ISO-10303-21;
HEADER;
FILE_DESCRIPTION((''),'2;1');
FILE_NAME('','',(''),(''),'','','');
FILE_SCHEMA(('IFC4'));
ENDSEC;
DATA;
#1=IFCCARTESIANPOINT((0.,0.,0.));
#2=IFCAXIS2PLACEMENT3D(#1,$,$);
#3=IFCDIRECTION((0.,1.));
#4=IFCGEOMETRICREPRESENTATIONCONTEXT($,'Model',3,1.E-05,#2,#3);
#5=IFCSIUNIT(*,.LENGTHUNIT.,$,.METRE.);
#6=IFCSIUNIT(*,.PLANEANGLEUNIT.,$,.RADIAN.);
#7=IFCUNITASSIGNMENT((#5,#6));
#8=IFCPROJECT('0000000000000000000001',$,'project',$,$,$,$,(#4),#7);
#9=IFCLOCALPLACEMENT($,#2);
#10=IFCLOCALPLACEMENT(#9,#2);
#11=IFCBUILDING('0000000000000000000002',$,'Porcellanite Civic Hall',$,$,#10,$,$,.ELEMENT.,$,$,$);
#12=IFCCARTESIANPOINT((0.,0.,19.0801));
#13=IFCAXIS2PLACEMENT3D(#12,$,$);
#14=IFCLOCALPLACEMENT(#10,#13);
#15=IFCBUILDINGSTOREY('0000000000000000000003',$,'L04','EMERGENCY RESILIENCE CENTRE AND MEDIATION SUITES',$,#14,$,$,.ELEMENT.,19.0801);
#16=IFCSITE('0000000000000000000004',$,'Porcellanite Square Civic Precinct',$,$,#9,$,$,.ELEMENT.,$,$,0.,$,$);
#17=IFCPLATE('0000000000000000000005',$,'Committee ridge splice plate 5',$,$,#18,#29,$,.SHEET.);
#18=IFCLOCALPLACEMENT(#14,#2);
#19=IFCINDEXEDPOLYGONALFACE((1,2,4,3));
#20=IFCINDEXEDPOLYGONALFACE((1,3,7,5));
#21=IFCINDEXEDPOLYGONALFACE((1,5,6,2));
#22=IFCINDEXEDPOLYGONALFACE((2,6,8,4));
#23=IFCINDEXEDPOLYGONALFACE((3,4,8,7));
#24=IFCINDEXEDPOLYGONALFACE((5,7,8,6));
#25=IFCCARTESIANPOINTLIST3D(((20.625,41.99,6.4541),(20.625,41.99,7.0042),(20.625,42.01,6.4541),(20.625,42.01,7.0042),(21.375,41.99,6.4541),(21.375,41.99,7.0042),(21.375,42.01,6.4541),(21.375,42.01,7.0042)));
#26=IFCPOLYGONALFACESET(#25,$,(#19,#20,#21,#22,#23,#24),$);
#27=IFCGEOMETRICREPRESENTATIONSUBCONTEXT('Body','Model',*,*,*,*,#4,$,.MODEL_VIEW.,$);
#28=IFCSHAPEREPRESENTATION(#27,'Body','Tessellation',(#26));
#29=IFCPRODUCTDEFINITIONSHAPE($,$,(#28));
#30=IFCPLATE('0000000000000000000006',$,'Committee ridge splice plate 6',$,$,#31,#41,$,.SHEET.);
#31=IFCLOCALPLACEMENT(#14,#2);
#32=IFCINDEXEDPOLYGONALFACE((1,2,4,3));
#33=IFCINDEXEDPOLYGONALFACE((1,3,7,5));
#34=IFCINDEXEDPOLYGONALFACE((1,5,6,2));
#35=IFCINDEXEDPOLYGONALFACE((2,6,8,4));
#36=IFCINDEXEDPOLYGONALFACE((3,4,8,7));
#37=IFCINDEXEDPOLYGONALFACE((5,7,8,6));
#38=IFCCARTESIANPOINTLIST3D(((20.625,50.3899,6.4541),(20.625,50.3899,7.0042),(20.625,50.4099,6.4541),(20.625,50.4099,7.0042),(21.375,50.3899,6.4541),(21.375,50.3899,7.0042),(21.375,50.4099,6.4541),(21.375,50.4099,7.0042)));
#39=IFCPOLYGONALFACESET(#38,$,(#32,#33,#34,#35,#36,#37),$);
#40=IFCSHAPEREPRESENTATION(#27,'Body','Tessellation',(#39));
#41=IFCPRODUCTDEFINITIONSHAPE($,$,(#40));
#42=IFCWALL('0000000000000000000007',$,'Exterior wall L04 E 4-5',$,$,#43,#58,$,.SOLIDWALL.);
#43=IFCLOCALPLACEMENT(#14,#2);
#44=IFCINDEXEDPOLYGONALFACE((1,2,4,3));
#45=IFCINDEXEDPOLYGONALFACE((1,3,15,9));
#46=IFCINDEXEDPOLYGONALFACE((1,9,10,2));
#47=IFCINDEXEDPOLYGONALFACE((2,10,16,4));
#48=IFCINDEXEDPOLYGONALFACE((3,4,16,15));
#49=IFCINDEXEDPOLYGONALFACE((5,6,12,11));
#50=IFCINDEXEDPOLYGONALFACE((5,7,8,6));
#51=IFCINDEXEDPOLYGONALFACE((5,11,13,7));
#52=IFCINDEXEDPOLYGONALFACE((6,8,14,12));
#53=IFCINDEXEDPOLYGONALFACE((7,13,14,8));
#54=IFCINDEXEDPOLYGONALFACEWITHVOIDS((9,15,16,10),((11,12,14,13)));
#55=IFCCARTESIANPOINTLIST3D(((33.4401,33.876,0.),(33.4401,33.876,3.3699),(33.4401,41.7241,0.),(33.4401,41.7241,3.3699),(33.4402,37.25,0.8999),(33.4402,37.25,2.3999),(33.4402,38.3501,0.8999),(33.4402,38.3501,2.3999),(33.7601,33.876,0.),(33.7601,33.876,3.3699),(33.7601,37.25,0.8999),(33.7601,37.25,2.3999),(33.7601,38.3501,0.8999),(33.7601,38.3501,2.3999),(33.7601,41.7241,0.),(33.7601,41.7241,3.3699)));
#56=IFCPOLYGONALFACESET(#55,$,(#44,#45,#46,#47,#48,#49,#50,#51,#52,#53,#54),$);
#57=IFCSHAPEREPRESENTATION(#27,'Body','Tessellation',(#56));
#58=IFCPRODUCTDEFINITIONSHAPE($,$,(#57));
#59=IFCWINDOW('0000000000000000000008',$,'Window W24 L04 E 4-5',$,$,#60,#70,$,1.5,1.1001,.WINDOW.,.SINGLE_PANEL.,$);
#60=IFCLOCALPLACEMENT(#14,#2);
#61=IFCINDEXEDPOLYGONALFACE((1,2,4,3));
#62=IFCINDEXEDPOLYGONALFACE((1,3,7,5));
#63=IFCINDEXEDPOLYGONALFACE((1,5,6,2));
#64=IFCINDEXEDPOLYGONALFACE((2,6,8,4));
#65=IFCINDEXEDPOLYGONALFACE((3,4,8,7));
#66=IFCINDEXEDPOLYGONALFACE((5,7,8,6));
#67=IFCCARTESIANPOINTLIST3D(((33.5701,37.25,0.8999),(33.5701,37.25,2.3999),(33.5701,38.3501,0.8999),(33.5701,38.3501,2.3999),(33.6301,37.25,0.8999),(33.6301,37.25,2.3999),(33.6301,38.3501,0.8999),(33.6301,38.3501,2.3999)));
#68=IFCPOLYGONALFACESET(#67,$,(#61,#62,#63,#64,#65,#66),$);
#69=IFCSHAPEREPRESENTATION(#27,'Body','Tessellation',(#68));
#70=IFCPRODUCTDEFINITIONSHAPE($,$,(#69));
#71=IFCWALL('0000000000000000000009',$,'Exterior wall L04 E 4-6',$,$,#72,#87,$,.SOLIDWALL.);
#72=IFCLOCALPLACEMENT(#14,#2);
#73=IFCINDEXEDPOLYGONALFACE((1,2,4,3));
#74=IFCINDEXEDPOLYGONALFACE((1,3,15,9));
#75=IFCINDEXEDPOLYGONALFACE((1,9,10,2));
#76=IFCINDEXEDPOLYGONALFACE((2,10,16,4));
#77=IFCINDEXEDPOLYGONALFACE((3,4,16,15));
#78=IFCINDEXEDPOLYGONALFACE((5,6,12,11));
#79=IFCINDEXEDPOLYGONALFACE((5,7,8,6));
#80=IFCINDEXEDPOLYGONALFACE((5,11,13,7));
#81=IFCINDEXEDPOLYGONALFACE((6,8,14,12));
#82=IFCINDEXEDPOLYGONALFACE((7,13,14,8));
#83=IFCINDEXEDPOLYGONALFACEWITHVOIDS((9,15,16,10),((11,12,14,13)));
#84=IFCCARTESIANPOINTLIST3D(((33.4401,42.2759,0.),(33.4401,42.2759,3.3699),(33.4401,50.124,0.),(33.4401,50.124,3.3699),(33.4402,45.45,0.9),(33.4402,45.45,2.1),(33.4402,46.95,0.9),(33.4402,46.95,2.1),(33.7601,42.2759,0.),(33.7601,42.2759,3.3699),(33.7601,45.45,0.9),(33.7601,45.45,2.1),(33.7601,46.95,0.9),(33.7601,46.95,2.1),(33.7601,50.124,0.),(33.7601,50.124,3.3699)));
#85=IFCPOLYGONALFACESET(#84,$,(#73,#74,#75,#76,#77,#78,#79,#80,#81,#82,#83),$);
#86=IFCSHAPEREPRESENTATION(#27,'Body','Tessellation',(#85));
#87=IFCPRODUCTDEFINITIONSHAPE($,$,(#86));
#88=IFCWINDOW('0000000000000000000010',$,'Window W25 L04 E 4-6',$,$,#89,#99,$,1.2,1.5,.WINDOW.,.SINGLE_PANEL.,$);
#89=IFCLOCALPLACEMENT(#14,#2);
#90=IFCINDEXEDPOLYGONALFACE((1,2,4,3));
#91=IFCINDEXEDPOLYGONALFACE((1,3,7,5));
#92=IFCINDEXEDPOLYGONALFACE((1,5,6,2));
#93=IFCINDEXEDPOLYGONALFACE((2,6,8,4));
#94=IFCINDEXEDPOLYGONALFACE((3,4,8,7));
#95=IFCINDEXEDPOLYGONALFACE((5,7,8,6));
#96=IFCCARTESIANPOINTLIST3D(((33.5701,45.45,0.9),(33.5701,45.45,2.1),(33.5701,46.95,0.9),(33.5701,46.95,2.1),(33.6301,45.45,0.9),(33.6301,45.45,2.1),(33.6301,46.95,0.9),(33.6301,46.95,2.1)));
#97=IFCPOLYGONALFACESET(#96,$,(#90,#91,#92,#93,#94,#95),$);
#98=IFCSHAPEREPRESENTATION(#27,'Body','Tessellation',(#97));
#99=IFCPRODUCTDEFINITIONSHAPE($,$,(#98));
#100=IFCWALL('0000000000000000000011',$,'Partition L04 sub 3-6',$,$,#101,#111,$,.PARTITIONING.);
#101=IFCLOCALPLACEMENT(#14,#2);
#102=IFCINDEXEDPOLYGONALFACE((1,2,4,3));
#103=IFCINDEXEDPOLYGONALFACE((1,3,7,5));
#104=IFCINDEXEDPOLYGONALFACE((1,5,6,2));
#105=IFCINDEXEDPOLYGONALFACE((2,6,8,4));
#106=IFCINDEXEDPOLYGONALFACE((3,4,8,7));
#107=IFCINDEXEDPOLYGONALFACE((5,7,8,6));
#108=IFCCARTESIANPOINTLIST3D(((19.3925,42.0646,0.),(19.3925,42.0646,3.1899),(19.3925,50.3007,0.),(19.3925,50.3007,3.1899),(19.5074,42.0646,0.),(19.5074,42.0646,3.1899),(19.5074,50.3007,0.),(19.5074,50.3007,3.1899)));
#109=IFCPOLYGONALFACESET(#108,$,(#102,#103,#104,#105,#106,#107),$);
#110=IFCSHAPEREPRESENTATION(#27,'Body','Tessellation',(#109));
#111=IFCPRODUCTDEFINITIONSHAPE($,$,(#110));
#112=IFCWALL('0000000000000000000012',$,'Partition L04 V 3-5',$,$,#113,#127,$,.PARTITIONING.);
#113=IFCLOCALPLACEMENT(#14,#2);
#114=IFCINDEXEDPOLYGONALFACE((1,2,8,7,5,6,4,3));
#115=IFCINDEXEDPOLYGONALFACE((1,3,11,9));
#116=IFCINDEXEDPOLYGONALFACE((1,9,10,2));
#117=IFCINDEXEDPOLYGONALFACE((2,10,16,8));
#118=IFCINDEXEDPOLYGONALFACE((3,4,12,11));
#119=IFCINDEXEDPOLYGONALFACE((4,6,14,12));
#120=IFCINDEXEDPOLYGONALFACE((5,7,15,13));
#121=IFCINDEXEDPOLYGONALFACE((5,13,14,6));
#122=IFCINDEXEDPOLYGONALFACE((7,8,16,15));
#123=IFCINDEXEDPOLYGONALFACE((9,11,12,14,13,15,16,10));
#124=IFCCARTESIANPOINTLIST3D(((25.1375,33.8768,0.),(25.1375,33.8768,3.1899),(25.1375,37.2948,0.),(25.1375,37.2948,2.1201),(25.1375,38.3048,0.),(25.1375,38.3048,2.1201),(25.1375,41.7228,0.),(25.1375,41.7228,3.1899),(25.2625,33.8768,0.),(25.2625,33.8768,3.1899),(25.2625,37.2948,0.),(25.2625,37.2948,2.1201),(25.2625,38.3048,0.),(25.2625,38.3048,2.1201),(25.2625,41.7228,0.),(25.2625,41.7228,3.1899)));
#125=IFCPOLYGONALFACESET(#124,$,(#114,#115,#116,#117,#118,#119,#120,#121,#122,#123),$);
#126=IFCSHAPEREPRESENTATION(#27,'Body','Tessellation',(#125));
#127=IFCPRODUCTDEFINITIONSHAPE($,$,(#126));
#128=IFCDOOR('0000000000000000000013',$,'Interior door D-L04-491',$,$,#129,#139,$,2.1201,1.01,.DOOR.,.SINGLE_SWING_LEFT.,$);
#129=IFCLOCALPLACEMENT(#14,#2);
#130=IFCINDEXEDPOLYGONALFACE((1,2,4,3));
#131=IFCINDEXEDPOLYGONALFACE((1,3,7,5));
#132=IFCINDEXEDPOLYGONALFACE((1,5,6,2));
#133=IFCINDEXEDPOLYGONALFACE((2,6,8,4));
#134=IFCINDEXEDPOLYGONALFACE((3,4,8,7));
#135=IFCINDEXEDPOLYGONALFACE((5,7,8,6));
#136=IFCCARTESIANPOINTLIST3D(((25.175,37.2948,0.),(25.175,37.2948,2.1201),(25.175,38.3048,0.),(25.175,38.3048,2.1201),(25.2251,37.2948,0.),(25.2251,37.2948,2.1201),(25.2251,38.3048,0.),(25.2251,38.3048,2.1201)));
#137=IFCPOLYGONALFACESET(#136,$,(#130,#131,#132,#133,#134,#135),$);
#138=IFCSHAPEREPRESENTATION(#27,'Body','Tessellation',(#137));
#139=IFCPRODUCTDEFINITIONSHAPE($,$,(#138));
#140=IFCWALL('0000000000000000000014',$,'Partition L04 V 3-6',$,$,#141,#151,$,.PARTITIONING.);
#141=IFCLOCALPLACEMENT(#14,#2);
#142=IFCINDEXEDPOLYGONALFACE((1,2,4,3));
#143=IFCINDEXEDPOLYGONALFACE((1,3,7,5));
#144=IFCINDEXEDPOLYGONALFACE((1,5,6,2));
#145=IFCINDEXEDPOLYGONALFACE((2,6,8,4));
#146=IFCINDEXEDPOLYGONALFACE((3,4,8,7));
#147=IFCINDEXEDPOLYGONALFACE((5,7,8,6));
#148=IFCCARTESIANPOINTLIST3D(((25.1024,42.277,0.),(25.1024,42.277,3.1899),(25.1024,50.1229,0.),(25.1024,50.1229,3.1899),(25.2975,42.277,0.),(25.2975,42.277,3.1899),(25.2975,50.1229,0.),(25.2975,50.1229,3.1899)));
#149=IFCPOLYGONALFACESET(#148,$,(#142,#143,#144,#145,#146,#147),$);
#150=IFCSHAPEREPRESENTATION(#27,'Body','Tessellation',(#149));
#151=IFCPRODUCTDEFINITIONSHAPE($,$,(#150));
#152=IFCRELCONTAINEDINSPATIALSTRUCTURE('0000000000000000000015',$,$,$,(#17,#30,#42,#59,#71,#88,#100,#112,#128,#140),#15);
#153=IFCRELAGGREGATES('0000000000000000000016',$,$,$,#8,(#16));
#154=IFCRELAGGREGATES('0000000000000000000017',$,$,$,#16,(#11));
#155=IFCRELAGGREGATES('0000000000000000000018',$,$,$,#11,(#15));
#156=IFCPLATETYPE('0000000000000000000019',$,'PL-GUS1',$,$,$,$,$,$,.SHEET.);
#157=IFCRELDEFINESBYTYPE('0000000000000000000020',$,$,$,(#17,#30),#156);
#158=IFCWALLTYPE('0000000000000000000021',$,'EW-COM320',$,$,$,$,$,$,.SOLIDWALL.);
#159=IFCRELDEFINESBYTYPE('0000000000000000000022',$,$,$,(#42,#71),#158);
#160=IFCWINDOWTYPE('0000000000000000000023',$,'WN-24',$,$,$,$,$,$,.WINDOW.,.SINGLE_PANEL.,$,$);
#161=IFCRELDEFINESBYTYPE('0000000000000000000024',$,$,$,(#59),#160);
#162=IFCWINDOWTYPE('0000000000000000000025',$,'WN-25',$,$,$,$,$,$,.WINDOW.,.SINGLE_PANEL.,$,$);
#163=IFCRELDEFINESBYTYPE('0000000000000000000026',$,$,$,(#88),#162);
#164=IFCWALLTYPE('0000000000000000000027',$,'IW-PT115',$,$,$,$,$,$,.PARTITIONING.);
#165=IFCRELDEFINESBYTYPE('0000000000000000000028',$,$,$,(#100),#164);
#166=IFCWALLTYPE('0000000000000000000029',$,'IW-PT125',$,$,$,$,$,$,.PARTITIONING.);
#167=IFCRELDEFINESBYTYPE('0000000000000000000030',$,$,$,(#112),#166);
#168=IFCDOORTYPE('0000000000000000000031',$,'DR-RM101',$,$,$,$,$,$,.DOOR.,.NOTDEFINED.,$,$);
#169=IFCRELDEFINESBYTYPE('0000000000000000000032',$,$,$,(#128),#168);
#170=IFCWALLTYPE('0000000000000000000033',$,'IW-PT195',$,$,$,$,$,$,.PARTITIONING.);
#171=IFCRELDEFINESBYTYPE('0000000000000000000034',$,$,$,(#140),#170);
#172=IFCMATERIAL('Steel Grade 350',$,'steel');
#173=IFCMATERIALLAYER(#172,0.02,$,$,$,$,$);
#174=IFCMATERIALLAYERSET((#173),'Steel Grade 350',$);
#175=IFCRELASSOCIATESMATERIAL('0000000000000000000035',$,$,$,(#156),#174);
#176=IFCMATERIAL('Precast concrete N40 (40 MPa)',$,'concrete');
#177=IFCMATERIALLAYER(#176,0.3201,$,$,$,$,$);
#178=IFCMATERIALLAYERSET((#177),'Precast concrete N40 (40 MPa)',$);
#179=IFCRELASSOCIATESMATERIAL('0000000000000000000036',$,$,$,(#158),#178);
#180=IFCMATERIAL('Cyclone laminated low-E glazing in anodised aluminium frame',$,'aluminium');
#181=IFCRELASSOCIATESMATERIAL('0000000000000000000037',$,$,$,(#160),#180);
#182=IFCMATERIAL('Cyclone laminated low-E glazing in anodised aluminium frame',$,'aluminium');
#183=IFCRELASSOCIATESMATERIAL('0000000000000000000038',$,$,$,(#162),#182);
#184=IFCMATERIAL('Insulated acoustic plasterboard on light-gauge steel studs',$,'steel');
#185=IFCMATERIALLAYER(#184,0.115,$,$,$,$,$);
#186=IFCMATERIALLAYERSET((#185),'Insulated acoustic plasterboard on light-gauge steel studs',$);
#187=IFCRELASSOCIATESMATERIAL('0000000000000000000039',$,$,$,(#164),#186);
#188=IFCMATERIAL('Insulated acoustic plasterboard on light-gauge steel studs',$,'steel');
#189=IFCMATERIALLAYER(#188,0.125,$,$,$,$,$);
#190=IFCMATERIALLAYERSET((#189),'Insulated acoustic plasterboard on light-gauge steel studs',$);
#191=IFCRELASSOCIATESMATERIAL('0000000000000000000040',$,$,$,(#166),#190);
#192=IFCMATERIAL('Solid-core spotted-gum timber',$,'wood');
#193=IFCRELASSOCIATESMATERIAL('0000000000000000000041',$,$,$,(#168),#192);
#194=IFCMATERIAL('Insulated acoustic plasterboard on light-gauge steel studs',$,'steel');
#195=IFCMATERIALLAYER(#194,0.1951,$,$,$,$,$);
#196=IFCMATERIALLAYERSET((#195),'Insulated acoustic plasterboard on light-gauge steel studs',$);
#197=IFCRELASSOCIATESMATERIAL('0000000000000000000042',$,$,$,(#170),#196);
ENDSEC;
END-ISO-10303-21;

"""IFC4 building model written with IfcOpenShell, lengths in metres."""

from ifc_helpers import new_model, si_unit, direction, frame, frame_2d, origin, origin_2d, place, context, subcontext, project, spatial, rectangle, extrude, material, layer, layer_set, type_object, element, fill, save


model = new_model("IFC4")

# Units and contexts
model_context = context("Model", 3, precision=1e-05, world=origin(), true_north=direction((0.0, 1.0)))
body_context = subcontext(model_context, "Body", "Model", "MODEL_VIEW")
ifc_project = project(units=[si_unit("LENGTHUNIT", "METRE"), si_unit("PLANEANGLEUNIT", "RADIAN")], contexts=[model_context])

# Site, building, storey
site_placement = place(None, origin())
site = spatial("IfcSite", under=ifc_project, at=site_placement, Name="Porcellanite Square Civic Precinct", CompositionType="ELEMENT", RefElevation=0.0)
building_placement = place(site_placement, origin())
building = spatial("IfcBuilding", under=site, at=building_placement, Name="Porcellanite Civic Hall", CompositionType="ELEMENT")
storey_placement = place(building_placement, frame((0.0, 0.0, 19.0801)))
storey = spatial("IfcBuildingStorey", under=building, at=storey_placement, Name="L04", Description="EMERGENCY RESILIENCE CENTRE AND MEDIATION SUITES", CompositionType="ELEMENT", Elevation=19.0801)

# Plates
ifc_material_1 = material(Name="Steel Grade 350", Category="steel")
ifc_layer_1 = layer(ifc_material_1, 0.02)
ifc_layer_set_1 = layer_set([ifc_layer_1], Name="Steel Grade 350")
plate_type = type_object("IfcPlateType", Name="PL-GUS1", PredefinedType="SHEET", material=ifc_layer_set_1)
for number, where, z_axis, x_axis, name in (
    (1, (21.0, 42.0, 6.4541), (0.0, 0.0, 1.0), (1.0, 0.0, 0.0), "Committee ridge splice plate 5"),
    (2, (21.0, 50.3999, 6.4541), (0.0, 0.0, 1.0), (1.0, 0.0, 0.0), "Committee ridge splice plate 6"),
):
    element("IfcPlate", number, at=place(storey_placement, frame(where, z_axis=z_axis, x_axis=x_axis)), inside=storey, type_object=plate_type, Name=name, PredefinedType="SHEET", context=body_context, shape_type="SweptSolid", body=[
        extrude(rectangle(XDim=0.75, YDim=0.02, at=origin_2d()), origin(), (0.0, 0.0, 1.0), 0.55),
    ])

# Walls, openings, windows
ifc_material_2 = material(Name="Precast concrete N40 (40 MPa)", Category="concrete")
ifc_layer_2 = layer(ifc_material_2, 0.3201)
ifc_layer_set_2 = layer_set([ifc_layer_2], Name="Precast concrete N40 (40 MPa)")
wall_type_1 = type_object("IfcWallType", Name="EW-COM320", PredefinedType="SOLIDWALL", material=ifc_layer_set_2)
wall_1_placement = place(storey_placement, frame((33.6001, 41.7241, 0.0), z_axis=(0.0, 0.0, 1.0), x_axis=(0.0, -1.0, 0.0)))
wall_1 = element("IfcWall", 3, at=wall_1_placement, inside=storey, type_object=wall_type_1, Name="Exterior wall L04 E 4-5", PredefinedType="SOLIDWALL", context=body_context, shape_type="SweptSolid", body=[
    extrude(rectangle(XDim=7.8481, YDim=0.3201, at=frame_2d((3.9241, 0.0))), origin(), (0.0, 0.0, 1.0), 3.3699),
])
opening_1_placement = place(wall_1_placement, frame((3.374, 0.0, 0.8999)))
opening_1 = element("IfcOpeningElement", 4, at=opening_1_placement, cuts=wall_1, PredefinedType="OPENING", context=body_context, shape_type="SweptSolid", body=[
    extrude(rectangle(XDim=1.1001, YDim=1.5, at=frame_2d((0.55, 0.75))), frame((0.0, 0.1602, 0.0), z_axis=(0.0, -1.0, 0.0), x_axis=(1.0, 0.0, 0.0)), (0.0, 0.0, 1.0), 0.3201),
])
ifc_material_3 = material(Name="Cyclone laminated low-E glazing in anodised aluminium frame", Category="aluminium")
window_type_1 = type_object("IfcWindowType", Name="WN-24", PartitioningType="SINGLE_PANEL", PredefinedType="WINDOW", material=ifc_material_3)
window_1_placement = place(opening_1_placement, origin())
window_1 = element("IfcWindow", 5, at=window_1_placement, inside=storey, type_object=window_type_1, Name="Window W24 L04 E 4-5", OverallHeight=1.5, OverallWidth=1.1001, PartitioningType="SINGLE_PANEL", PredefinedType="WINDOW", context=body_context, shape_type="SweptSolid", body=[
    extrude(rectangle(XDim=1.1001, YDim=1.5, at=frame_2d((0.55, 0.75))), frame((0.0, 0.03, 0.0), z_axis=(0.0, -1.0, 0.0), x_axis=(1.0, 0.0, 0.0)), (0.0, 0.0, 1.0), 0.0601),
])
fill(opening_1, window_1)
wall_2_placement = place(storey_placement, frame((33.6001, 50.124, 0.0), z_axis=(0.0, 0.0, 1.0), x_axis=(0.0, -1.0, 0.0)))
wall_2 = element("IfcWall", 6, at=wall_2_placement, inside=storey, type_object=wall_type_1, Name="Exterior wall L04 E 4-6", PredefinedType="SOLIDWALL", context=body_context, shape_type="SweptSolid", body=[
    extrude(rectangle(XDim=7.8481, YDim=0.3201, at=frame_2d((3.9241, 0.0))), origin(), (0.0, 0.0, 1.0), 3.3699),
])
opening_2_placement = place(wall_2_placement, frame((3.1741, 0.0, 0.8999)))
opening_2 = element("IfcOpeningElement", 7, at=opening_2_placement, cuts=wall_2, PredefinedType="OPENING", context=body_context, shape_type="SweptSolid", body=[
    extrude(rectangle(XDim=1.5, YDim=1.2, at=frame_2d((0.75, 0.6001))), frame((0.0, 0.1602, 0.0), z_axis=(0.0, -1.0, 0.0), x_axis=(1.0, 0.0, 0.0)), (0.0, 0.0, 1.0), 0.3201),
])
ifc_material_4 = material(Name="Cyclone laminated low-E glazing in anodised aluminium frame", Category="aluminium")
window_type_2 = type_object("IfcWindowType", Name="WN-25", PartitioningType="SINGLE_PANEL", PredefinedType="WINDOW", material=ifc_material_4)
window_2_placement = place(opening_2_placement, origin())
window_2 = element("IfcWindow", 8, at=window_2_placement, inside=storey, type_object=window_type_2, Name="Window W25 L04 E 4-6", OverallHeight=1.2, OverallWidth=1.5, PartitioningType="SINGLE_PANEL", PredefinedType="WINDOW", context=body_context, shape_type="SweptSolid", body=[
    extrude(rectangle(XDim=1.5, YDim=1.2, at=frame_2d((0.75, 0.6001))), frame((0.0, 0.03, 0.0), z_axis=(0.0, -1.0, 0.0), x_axis=(1.0, 0.0, 0.0)), (0.0, 0.0, 1.0), 0.0601),
])
fill(opening_2, window_2)

# Wall
ifc_material_5 = material(Name="Insulated acoustic plasterboard on light-gauge steel studs", Category="steel")
ifc_layer_3 = layer(ifc_material_5, 0.115)
ifc_layer_set_3 = layer_set([ifc_layer_3], Name="Insulated acoustic plasterboard on light-gauge steel studs")
wall_type_2 = type_object("IfcWallType", Name="IW-PT115", PredefinedType="PARTITIONING", material=ifc_layer_set_3)
wall_3_placement = place(storey_placement, frame((19.45, 42.0645, 0.0), z_axis=(0.0, 0.0, 1.0), x_axis=(0.0, 1.0, 0.0)))
element("IfcWall", 9, at=wall_3_placement, inside=storey, type_object=wall_type_2, Name="Partition L04 sub 3-6", PredefinedType="PARTITIONING", context=body_context, shape_type="SweptSolid", body=[
    extrude(rectangle(XDim=8.2361, YDim=0.115, at=frame_2d((4.1182, 0.0))), origin(), (0.0, 0.0, 1.0), 3.1899),
])

# Wall, opening, door
ifc_material_6 = material(Name="Insulated acoustic plasterboard on light-gauge steel studs", Category="steel")
ifc_layer_4 = layer(ifc_material_6, 0.125)
ifc_layer_set_4 = layer_set([ifc_layer_4], Name="Insulated acoustic plasterboard on light-gauge steel studs")
wall_type_3 = type_object("IfcWallType", Name="IW-PT125", PredefinedType="PARTITIONING", material=ifc_layer_set_4)
wall_4_placement = place(storey_placement, frame((25.2, 33.877, 0.0), z_axis=(0.0, 0.0, 1.0), x_axis=(0.0, 1.0, 0.0)))
wall_4 = element("IfcWall", 10, at=wall_4_placement, inside=storey, type_object=wall_type_3, Name="Partition L04 V 3-5", PredefinedType="PARTITIONING", context=body_context, shape_type="SweptSolid", body=[
    extrude(rectangle(XDim=7.8459, YDim=0.125, at=frame_2d((3.9229, 0.0))), origin(), (0.0, 0.0, 1.0), 3.1899),
])
opening_3_placement = place(wall_4_placement, frame((3.418, 0.0, 0.0)))
opening_3 = element("IfcOpeningElement", 11, at=opening_3_placement, cuts=wall_4, PredefinedType="OPENING", context=body_context, shape_type="SweptSolid", body=[
    extrude(rectangle(XDim=1.01, YDim=2.1201, at=frame_2d((0.5049, 1.0601))), frame((0.0, 0.0625, 0.0), z_axis=(0.0, -1.0, 0.0), x_axis=(1.0, 0.0, 0.0)), (0.0, 0.0, 1.0), 0.125),
])
ifc_material_7 = material(Name="Solid-core spotted-gum timber", Category="wood")
door_type_1 = type_object("IfcDoorType", Name="DR-RM101", OperationType="NOTDEFINED", PredefinedType="DOOR", material=ifc_material_7)
door_1_placement = place(opening_3_placement, origin())
door_1 = element("IfcDoor", 12, at=door_1_placement, inside=storey, type_object=door_type_1, Name="Interior door D-L04-491", OperationType="SINGLE_SWING_LEFT", OverallHeight=2.1201, OverallWidth=1.01, PredefinedType="DOOR", context=body_context, shape_type="SweptSolid", body=[
    extrude(rectangle(XDim=1.01, YDim=2.1201, at=frame_2d((0.5049, 1.0601))), frame((0.0, 0.0249, 0.0), z_axis=(0.0, -1.0, 0.0), x_axis=(1.0, 0.0, 0.0)), (0.0, 0.0, 1.0), 0.05),
])
fill(opening_3, door_1)

# Wall
ifc_material_8 = material(Name="Insulated acoustic plasterboard on light-gauge steel studs", Category="steel")
ifc_layer_5 = layer(ifc_material_8, 0.1951)
ifc_layer_set_5 = layer_set([ifc_layer_5], Name="Insulated acoustic plasterboard on light-gauge steel studs")
wall_type_4 = type_object("IfcWallType", Name="IW-PT195", PredefinedType="PARTITIONING", material=ifc_layer_set_5)
wall_5_placement = place(storey_placement, frame((25.2, 42.2771, 0.0), z_axis=(0.0, 0.0, 1.0), x_axis=(0.0, 1.0, 0.0)))
element("IfcWall", 13, at=wall_5_placement, inside=storey, type_object=wall_type_4, Name="Partition L04 V 3-6", PredefinedType="PARTITIONING", context=body_context, shape_type="SweptSolid", body=[
    extrude(rectangle(XDim=7.8459, YDim=0.1951, at=frame_2d((3.9229, 0.0))), origin(), (0.0, 0.0, 1.0), 3.1899),
])

save(model, "model.ifc")
